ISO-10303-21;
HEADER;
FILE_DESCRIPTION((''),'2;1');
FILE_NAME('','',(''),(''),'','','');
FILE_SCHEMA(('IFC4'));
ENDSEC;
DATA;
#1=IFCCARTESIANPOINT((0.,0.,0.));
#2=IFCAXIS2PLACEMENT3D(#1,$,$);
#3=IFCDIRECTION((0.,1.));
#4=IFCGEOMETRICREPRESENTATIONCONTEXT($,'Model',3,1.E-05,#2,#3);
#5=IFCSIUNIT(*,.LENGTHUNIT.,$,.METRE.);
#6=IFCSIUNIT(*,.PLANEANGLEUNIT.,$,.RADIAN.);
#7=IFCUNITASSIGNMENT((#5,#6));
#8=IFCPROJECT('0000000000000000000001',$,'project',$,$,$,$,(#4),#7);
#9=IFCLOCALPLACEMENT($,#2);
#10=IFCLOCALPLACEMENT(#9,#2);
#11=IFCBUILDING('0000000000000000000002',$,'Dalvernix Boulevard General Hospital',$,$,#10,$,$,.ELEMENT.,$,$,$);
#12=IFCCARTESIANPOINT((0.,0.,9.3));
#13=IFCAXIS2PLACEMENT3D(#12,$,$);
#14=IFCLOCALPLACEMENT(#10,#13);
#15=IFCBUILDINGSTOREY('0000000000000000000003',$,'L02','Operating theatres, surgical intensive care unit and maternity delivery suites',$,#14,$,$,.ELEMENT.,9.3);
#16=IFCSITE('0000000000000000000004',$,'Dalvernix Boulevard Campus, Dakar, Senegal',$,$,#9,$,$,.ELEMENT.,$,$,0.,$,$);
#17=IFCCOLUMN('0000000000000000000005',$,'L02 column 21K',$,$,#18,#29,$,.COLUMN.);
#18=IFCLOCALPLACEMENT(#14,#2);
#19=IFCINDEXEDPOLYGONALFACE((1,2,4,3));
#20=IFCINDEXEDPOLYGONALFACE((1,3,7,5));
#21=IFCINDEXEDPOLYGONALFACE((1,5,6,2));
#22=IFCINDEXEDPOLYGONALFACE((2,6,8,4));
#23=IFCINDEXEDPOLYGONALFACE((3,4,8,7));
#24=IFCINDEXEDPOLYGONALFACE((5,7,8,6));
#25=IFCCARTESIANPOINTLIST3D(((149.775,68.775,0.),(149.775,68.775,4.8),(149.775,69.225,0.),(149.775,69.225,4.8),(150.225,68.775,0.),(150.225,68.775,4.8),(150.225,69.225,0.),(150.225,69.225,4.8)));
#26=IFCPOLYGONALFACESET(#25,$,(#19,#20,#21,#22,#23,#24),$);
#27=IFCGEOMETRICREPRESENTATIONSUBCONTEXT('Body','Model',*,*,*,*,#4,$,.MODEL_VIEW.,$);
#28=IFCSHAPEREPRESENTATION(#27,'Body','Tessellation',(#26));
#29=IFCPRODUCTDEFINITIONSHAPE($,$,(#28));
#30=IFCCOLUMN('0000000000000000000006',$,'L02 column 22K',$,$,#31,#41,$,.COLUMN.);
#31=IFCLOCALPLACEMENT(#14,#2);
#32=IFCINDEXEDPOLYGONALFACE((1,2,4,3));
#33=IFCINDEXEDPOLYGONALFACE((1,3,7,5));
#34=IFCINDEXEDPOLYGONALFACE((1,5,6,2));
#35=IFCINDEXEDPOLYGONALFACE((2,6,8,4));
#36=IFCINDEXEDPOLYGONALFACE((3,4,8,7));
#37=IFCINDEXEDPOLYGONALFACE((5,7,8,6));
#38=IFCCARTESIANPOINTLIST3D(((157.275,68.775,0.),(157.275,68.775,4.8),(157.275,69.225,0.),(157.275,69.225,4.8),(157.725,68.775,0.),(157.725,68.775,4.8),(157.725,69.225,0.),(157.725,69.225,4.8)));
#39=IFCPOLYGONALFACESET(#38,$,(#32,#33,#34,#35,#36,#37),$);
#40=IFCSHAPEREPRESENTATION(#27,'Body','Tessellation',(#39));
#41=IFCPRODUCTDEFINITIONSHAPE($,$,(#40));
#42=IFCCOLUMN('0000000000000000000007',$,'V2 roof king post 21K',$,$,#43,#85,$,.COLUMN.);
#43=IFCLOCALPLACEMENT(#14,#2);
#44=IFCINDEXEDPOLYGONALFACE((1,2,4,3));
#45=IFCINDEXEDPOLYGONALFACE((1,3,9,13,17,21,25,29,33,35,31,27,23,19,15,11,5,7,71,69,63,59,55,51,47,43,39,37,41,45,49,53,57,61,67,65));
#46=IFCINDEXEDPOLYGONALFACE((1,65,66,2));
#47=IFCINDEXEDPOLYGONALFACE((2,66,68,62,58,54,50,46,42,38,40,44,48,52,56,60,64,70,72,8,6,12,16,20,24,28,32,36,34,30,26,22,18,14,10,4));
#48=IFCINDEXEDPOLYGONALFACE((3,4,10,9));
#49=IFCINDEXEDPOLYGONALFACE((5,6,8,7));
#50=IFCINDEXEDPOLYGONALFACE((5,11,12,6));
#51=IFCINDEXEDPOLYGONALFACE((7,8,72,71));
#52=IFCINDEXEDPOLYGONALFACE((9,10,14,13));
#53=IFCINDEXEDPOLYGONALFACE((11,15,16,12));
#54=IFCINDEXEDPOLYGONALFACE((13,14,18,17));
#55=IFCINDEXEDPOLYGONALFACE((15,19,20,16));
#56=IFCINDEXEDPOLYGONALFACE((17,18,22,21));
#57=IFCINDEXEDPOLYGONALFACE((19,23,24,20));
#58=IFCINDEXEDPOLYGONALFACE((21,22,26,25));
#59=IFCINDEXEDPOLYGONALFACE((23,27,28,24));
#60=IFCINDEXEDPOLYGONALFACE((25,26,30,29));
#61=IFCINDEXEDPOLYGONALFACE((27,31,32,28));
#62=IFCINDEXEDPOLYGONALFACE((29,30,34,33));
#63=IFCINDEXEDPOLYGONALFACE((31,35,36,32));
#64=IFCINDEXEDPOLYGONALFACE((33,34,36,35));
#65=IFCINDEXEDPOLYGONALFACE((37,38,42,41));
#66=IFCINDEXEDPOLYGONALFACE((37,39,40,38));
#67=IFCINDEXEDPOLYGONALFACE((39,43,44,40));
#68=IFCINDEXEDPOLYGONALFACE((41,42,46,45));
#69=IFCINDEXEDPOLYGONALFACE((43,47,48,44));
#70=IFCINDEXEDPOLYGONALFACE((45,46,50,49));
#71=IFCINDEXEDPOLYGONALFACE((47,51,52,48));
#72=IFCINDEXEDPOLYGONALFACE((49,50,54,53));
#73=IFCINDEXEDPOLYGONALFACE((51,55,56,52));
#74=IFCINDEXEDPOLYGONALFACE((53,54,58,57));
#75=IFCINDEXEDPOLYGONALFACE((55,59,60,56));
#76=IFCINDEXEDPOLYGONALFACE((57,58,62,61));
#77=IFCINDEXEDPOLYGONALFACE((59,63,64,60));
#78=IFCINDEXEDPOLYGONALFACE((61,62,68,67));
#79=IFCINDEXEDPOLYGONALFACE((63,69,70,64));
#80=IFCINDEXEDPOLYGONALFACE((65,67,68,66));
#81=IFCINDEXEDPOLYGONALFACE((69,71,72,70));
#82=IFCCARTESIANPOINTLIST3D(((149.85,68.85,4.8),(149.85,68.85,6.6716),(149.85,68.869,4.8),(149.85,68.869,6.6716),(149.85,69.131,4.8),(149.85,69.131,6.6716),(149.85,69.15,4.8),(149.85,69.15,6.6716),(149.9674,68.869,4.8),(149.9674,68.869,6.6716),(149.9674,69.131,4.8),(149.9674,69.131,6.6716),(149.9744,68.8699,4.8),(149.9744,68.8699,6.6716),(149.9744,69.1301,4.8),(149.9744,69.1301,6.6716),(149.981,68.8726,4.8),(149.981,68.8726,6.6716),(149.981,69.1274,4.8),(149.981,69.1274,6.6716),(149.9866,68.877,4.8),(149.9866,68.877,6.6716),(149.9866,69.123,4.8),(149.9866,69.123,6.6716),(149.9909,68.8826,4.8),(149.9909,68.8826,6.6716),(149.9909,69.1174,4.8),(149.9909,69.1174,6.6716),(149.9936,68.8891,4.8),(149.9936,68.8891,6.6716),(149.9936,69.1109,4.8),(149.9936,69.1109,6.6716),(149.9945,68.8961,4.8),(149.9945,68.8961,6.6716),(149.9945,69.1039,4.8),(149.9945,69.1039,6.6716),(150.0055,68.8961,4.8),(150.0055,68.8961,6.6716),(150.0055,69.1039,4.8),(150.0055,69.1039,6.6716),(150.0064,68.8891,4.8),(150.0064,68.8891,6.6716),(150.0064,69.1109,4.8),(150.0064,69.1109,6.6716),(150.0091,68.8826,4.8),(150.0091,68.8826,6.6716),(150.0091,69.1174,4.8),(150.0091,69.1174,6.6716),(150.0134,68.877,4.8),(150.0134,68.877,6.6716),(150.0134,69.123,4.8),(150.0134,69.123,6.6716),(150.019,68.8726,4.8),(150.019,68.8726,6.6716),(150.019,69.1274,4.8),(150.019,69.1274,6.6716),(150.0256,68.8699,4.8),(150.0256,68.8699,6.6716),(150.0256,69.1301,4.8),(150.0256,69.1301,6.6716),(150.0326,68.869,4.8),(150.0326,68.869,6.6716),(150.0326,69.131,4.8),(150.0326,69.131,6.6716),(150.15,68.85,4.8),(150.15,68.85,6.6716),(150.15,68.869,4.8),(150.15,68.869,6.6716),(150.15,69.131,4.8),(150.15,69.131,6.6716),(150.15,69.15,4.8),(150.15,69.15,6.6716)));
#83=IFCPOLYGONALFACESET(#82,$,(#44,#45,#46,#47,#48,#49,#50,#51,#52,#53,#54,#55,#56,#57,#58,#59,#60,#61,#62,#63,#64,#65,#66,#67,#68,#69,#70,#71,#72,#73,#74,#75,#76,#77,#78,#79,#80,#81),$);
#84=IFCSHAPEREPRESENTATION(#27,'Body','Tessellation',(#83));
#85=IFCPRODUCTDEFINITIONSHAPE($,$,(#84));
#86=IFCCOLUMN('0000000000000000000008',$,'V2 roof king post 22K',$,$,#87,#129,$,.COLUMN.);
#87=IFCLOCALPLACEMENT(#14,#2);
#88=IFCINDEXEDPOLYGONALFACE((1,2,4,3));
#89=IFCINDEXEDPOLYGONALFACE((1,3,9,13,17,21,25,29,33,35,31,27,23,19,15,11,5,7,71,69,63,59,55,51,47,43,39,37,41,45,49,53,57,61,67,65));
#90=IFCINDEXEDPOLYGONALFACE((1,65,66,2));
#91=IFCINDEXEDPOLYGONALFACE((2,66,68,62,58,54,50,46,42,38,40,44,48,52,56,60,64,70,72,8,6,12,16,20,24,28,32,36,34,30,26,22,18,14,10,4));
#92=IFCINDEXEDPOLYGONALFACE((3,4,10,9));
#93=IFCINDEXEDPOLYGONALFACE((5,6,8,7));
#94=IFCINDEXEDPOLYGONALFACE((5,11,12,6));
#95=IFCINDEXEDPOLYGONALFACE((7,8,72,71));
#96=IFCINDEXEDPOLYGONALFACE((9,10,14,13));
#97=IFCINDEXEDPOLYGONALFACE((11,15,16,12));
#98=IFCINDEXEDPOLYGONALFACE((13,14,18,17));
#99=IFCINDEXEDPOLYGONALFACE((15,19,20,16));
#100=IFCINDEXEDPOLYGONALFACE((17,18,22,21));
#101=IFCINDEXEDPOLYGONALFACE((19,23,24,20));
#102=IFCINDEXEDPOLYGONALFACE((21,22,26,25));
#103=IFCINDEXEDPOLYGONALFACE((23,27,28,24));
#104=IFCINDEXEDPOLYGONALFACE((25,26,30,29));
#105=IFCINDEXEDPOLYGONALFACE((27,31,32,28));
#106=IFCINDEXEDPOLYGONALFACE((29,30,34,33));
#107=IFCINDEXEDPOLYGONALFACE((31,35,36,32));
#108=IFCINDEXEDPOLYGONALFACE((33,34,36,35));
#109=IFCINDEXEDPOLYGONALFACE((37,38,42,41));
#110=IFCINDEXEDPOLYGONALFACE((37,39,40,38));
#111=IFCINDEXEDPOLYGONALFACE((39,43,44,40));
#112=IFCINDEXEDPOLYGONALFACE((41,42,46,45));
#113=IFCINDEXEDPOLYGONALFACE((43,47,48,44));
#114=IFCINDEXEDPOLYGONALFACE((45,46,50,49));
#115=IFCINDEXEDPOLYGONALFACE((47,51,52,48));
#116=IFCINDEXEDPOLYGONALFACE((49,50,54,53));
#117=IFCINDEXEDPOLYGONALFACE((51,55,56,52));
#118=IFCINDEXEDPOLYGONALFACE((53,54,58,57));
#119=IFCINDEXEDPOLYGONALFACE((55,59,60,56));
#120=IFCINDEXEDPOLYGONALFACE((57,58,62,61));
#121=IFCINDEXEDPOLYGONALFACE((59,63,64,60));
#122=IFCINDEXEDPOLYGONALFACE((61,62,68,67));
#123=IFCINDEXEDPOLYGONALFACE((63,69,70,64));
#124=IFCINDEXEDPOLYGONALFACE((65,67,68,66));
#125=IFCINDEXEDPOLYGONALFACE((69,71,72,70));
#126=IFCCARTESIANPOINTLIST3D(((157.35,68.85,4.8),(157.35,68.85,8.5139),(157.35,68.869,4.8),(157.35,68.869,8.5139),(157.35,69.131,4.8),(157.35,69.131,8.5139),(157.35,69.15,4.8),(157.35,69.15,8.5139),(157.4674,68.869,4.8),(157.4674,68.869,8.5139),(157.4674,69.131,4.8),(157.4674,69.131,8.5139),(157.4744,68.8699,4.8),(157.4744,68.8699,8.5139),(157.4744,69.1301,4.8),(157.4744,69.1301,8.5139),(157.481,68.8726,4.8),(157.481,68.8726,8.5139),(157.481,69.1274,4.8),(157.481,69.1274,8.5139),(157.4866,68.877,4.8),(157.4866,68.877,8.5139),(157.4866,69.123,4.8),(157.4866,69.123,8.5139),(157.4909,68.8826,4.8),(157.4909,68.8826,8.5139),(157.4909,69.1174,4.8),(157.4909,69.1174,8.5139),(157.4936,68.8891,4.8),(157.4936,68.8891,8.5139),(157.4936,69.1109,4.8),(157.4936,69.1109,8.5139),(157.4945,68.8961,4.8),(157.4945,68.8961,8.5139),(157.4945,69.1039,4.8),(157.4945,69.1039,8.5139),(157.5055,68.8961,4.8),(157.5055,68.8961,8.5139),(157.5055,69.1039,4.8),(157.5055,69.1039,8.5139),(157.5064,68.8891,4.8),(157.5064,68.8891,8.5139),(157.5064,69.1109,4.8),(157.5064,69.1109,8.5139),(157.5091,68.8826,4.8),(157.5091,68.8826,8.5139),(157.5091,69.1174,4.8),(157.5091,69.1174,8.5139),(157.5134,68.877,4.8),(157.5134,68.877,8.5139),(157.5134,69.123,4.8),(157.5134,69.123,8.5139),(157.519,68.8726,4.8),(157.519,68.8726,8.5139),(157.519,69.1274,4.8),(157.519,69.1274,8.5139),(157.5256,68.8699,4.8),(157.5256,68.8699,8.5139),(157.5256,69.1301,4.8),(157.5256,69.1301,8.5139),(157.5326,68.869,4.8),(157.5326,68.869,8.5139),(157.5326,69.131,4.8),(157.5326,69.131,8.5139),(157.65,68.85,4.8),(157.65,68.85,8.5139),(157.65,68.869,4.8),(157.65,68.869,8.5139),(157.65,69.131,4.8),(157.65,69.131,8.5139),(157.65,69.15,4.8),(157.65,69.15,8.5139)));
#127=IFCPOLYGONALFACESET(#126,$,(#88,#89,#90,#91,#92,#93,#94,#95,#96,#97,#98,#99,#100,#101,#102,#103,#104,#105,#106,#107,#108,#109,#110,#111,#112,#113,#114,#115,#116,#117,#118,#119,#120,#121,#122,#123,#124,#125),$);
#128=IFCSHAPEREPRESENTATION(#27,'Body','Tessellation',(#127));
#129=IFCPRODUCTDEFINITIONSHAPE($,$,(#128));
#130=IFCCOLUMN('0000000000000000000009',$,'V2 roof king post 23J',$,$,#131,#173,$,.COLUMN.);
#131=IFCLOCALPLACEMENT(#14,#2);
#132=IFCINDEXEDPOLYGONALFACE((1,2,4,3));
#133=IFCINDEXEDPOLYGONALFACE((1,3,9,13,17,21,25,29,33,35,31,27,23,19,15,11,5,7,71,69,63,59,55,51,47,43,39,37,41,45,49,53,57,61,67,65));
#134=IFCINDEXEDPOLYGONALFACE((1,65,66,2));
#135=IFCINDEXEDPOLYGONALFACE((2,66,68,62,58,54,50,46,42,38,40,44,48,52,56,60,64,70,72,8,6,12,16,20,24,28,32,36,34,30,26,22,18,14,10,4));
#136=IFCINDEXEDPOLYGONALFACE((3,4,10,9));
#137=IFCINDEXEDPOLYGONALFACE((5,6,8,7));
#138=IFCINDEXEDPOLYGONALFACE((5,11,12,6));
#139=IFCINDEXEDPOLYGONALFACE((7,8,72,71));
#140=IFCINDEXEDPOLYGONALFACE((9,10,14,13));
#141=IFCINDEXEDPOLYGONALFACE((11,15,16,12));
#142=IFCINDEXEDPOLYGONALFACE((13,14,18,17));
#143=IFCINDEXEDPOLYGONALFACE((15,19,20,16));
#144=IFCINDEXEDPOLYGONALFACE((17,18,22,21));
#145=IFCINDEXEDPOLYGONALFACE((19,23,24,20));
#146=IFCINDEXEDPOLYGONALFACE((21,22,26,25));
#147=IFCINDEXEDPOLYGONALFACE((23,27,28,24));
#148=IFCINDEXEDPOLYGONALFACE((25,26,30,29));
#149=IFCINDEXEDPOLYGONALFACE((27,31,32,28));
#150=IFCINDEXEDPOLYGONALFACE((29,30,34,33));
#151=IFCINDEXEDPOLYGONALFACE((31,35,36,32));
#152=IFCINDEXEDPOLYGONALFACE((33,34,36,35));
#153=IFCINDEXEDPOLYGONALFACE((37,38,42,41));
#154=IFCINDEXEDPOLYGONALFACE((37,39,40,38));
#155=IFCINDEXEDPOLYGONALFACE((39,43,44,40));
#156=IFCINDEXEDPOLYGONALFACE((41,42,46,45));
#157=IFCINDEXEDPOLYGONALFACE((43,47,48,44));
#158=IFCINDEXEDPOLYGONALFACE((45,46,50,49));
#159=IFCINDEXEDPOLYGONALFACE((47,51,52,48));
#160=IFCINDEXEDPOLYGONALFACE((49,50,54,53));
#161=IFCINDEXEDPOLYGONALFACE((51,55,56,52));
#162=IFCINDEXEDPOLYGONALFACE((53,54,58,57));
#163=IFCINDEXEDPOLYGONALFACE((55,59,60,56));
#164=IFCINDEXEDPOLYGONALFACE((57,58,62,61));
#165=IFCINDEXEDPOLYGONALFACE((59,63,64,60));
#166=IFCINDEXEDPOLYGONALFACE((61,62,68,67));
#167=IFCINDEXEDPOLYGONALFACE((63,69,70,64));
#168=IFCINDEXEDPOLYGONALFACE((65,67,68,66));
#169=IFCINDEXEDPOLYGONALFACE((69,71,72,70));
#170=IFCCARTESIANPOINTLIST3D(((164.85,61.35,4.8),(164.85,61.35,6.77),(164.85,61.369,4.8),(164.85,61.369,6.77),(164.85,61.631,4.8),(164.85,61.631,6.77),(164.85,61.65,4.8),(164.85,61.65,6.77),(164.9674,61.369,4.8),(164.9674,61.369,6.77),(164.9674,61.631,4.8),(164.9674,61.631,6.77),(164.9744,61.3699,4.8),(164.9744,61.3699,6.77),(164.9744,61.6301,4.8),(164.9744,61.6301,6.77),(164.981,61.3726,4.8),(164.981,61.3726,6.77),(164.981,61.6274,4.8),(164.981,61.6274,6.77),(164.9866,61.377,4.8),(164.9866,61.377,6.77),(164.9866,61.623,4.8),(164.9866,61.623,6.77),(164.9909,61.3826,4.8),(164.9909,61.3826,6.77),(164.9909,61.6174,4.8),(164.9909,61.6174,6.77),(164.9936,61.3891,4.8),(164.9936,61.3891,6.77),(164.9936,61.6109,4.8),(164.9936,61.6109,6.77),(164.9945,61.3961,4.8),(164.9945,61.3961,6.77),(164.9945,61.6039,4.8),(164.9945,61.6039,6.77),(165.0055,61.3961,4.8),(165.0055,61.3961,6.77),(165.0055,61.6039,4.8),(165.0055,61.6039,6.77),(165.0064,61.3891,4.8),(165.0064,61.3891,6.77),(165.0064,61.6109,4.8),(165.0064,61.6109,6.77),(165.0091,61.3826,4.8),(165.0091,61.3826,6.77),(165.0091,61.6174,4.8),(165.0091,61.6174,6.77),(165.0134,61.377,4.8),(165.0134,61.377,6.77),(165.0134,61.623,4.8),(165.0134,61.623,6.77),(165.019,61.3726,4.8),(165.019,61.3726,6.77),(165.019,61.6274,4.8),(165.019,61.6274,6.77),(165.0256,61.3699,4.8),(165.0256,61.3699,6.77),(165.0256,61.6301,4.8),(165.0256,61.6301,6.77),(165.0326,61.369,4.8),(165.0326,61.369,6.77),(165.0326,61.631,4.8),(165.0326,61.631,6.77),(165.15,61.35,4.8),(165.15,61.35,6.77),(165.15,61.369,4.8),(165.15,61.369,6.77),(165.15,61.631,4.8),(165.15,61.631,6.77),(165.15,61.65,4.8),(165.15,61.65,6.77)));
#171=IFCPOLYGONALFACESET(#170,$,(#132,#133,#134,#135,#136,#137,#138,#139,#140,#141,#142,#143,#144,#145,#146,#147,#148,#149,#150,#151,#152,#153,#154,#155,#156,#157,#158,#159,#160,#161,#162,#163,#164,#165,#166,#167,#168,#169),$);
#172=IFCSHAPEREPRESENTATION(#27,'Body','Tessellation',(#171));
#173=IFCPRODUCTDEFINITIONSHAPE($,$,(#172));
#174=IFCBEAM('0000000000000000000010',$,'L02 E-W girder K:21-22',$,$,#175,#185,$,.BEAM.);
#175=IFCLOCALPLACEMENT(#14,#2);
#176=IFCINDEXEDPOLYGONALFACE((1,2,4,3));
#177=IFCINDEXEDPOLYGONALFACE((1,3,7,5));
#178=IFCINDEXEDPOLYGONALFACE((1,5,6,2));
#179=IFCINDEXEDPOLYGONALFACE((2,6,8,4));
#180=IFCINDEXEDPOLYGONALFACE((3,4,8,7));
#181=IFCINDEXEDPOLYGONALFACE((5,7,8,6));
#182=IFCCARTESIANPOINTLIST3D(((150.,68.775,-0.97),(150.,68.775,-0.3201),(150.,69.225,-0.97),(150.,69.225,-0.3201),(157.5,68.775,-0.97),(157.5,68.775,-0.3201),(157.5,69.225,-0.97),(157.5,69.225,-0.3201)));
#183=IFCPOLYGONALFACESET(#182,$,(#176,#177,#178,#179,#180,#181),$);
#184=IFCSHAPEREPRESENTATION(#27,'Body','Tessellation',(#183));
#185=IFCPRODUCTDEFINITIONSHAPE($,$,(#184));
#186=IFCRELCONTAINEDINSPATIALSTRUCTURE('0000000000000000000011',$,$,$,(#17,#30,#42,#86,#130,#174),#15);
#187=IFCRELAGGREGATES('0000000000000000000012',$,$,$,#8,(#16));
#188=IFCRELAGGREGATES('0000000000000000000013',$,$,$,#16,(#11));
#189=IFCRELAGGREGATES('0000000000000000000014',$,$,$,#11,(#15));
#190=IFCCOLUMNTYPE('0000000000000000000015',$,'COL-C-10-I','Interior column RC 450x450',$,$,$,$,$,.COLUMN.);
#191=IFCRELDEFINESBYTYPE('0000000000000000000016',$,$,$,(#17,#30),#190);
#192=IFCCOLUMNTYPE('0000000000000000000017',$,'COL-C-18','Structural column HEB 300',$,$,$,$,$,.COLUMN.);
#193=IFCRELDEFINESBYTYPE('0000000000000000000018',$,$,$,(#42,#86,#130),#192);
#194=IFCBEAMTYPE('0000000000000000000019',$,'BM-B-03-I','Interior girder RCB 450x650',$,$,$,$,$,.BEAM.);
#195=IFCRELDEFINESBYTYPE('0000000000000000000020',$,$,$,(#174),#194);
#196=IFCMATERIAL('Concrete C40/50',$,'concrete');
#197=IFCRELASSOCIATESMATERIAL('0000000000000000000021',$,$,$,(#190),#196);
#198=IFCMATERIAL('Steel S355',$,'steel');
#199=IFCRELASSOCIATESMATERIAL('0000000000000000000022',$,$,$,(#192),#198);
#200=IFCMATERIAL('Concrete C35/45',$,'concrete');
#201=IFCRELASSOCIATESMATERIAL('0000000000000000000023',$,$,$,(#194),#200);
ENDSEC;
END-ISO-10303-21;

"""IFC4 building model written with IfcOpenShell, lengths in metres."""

from ifc_helpers import new_model, si_unit, direction, frame, origin, origin_2d, place, context, subcontext, project, spatial, rectangle, i_section, extrude, material, material_profile, profile_set, type_object, element, save


model = new_model("IFC4")

# Units and contexts
model_context = context("Model", 3, precision=1e-05, world=origin(), true_north=direction((0.0, 1.0)))
body_context = subcontext(model_context, "Body", "Model", "MODEL_VIEW")
ifc_project = project(units=[si_unit("LENGTHUNIT", "METRE"), si_unit("PLANEANGLEUNIT", "RADIAN")], contexts=[model_context])

# Site, building, storey
site_placement = place(None, origin())
site = spatial("IfcSite", under=ifc_project, at=site_placement, Name="Dalvernix Boulevard Campus, Dakar, Senegal", CompositionType="ELEMENT", RefElevation=0.0)
building_placement = place(site_placement, origin())
building = spatial("IfcBuilding", under=site, at=building_placement, Name="Dalvernix Boulevard General Hospital", CompositionType="ELEMENT")
storey_placement = place(building_placement, frame((0.0, 0.0, 9.3)))
storey = spatial("IfcBuildingStorey", under=building, at=storey_placement, Name="L02", Description="Operating theatres, surgical intensive care unit and maternity delivery suites", CompositionType="ELEMENT", Elevation=9.3)

# Columns
ifc_material_1 = material(Name="Concrete C40/50", Category="concrete")
ifc_material_profile_1 = material_profile(ifc_material_1, rectangle(XDim=0.45, YDim=0.45, at=origin_2d()), Name="RC 450x450")
ifc_profile_set_1 = profile_set([ifc_material_profile_1], Name="Concrete C40/50")
column_type_1 = type_object("IfcColumnType", Name="COL-C-10-I", Description="Interior column RC 450x450", PredefinedType="COLUMN", material=ifc_profile_set_1)
for number, where, z_axis, x_axis, name in (
    (1, (150.0, 69.0, 0.0), (0.0, 0.0, 1.0), (1.0, 0.0, 0.0), "L02 column 21K"),
    (2, (157.5, 69.0, 0.0), (0.0, 0.0, 1.0), (1.0, 0.0, 0.0), "L02 column 22K"),
):
    element("IfcColumn", number, at=place(storey_placement, frame(where, z_axis=z_axis, x_axis=x_axis)), inside=storey, type_object=column_type_1, Name=name, PredefinedType="COLUMN", context=body_context, shape_type="SweptSolid", body=[
        extrude(rectangle(XDim=0.45, YDim=0.45, at=origin_2d()), origin(), (0.0, 0.0, 1.0), 4.8),
    ])
ifc_material_2 = material(Name="Steel S355", Category="steel")
ifc_material_profile_2 = material_profile(ifc_material_2, i_section(OverallWidth=0.3, OverallDepth=0.3, WebThickness=0.011, FlangeThickness=0.019, FilletRadius=0.0271, at=origin_2d()), Name="HEB 300")
ifc_profile_set_2 = profile_set([ifc_material_profile_2], Name="Steel S355")
column_type_2 = type_object("IfcColumnType", Name="COL-C-18", Description="Structural column HEB 300", PredefinedType="COLUMN", material=ifc_profile_set_2)
column_1_placement = place(storey_placement, frame((150.0, 69.0, 4.8), z_axis=(0.0, 0.0, 1.0), x_axis=(1.0, 0.0, 0.0)))
element("IfcColumn", 3, at=column_1_placement, inside=storey, type_object=column_type_2, Name="V2 roof king post 21K", PredefinedType="COLUMN", context=body_context, shape_type="SweptSolid", body=[
    extrude(i_section(OverallWidth=0.3, OverallDepth=0.3, WebThickness=0.011, FlangeThickness=0.019, FilletRadius=0.0271, at=origin_2d()), origin(), (0.0, 0.0, 1.0), 1.8716),
])
column_2_placement = place(storey_placement, frame((157.5, 69.0, 4.8), z_axis=(0.0, 0.0, 1.0), x_axis=(1.0, 0.0, 0.0)))
element("IfcColumn", 4, at=column_2_placement, inside=storey, type_object=column_type_2, Name="V2 roof king post 22K", PredefinedType="COLUMN", context=body_context, shape_type="SweptSolid", body=[
    extrude(i_section(OverallWidth=0.3, OverallDepth=0.3, WebThickness=0.011, FlangeThickness=0.019, FilletRadius=0.0271, at=origin_2d()), origin(), (0.0, 0.0, 1.0), 3.7139),
])
column_3_placement = place(storey_placement, frame((165.0, 61.5, 4.8), z_axis=(0.0, 0.0, 1.0), x_axis=(1.0, 0.0, 0.0)))
element("IfcColumn", 5, at=column_3_placement, inside=storey, type_object=column_type_2, Name="V2 roof king post 23J", PredefinedType="COLUMN", context=body_context, shape_type="SweptSolid", body=[
    extrude(i_section(OverallWidth=0.3, OverallDepth=0.3, WebThickness=0.011, FlangeThickness=0.019, FilletRadius=0.0271, at=origin_2d()), origin(), (0.0, 0.0, 1.0), 1.97),
])

# Beam
ifc_material_3 = material(Name="Concrete C35/45", Category="concrete")
ifc_material_profile_3 = material_profile(ifc_material_3, rectangle(XDim=0.45, YDim=0.6499, at=origin_2d()), Name="RCB 450x650")
ifc_profile_set_3 = profile_set([ifc_material_profile_3], Name="Concrete C35/45")
beam_type_1 = type_object("IfcBeamType", Name="BM-B-03-I", Description="Interior girder RCB 450x650", PredefinedType="BEAM", material=ifc_profile_set_3)
beam_1_placement = place(storey_placement, frame((150.0, 69.0, -0.645), z_axis=(1.0, 0.0, 0.0), x_axis=(0.0, 1.0, 0.0)))
element("IfcBeam", 6, at=beam_1_placement, inside=storey, type_object=beam_type_1, Name="L02 E-W girder K:21-22", PredefinedType="BEAM", context=body_context, shape_type="SweptSolid", body=[
    extrude(rectangle(XDim=0.45, YDim=0.6499, at=origin_2d()), origin(), (0.0, 0.0, 1.0), 7.5),
])

save(model, "model.ifc")
